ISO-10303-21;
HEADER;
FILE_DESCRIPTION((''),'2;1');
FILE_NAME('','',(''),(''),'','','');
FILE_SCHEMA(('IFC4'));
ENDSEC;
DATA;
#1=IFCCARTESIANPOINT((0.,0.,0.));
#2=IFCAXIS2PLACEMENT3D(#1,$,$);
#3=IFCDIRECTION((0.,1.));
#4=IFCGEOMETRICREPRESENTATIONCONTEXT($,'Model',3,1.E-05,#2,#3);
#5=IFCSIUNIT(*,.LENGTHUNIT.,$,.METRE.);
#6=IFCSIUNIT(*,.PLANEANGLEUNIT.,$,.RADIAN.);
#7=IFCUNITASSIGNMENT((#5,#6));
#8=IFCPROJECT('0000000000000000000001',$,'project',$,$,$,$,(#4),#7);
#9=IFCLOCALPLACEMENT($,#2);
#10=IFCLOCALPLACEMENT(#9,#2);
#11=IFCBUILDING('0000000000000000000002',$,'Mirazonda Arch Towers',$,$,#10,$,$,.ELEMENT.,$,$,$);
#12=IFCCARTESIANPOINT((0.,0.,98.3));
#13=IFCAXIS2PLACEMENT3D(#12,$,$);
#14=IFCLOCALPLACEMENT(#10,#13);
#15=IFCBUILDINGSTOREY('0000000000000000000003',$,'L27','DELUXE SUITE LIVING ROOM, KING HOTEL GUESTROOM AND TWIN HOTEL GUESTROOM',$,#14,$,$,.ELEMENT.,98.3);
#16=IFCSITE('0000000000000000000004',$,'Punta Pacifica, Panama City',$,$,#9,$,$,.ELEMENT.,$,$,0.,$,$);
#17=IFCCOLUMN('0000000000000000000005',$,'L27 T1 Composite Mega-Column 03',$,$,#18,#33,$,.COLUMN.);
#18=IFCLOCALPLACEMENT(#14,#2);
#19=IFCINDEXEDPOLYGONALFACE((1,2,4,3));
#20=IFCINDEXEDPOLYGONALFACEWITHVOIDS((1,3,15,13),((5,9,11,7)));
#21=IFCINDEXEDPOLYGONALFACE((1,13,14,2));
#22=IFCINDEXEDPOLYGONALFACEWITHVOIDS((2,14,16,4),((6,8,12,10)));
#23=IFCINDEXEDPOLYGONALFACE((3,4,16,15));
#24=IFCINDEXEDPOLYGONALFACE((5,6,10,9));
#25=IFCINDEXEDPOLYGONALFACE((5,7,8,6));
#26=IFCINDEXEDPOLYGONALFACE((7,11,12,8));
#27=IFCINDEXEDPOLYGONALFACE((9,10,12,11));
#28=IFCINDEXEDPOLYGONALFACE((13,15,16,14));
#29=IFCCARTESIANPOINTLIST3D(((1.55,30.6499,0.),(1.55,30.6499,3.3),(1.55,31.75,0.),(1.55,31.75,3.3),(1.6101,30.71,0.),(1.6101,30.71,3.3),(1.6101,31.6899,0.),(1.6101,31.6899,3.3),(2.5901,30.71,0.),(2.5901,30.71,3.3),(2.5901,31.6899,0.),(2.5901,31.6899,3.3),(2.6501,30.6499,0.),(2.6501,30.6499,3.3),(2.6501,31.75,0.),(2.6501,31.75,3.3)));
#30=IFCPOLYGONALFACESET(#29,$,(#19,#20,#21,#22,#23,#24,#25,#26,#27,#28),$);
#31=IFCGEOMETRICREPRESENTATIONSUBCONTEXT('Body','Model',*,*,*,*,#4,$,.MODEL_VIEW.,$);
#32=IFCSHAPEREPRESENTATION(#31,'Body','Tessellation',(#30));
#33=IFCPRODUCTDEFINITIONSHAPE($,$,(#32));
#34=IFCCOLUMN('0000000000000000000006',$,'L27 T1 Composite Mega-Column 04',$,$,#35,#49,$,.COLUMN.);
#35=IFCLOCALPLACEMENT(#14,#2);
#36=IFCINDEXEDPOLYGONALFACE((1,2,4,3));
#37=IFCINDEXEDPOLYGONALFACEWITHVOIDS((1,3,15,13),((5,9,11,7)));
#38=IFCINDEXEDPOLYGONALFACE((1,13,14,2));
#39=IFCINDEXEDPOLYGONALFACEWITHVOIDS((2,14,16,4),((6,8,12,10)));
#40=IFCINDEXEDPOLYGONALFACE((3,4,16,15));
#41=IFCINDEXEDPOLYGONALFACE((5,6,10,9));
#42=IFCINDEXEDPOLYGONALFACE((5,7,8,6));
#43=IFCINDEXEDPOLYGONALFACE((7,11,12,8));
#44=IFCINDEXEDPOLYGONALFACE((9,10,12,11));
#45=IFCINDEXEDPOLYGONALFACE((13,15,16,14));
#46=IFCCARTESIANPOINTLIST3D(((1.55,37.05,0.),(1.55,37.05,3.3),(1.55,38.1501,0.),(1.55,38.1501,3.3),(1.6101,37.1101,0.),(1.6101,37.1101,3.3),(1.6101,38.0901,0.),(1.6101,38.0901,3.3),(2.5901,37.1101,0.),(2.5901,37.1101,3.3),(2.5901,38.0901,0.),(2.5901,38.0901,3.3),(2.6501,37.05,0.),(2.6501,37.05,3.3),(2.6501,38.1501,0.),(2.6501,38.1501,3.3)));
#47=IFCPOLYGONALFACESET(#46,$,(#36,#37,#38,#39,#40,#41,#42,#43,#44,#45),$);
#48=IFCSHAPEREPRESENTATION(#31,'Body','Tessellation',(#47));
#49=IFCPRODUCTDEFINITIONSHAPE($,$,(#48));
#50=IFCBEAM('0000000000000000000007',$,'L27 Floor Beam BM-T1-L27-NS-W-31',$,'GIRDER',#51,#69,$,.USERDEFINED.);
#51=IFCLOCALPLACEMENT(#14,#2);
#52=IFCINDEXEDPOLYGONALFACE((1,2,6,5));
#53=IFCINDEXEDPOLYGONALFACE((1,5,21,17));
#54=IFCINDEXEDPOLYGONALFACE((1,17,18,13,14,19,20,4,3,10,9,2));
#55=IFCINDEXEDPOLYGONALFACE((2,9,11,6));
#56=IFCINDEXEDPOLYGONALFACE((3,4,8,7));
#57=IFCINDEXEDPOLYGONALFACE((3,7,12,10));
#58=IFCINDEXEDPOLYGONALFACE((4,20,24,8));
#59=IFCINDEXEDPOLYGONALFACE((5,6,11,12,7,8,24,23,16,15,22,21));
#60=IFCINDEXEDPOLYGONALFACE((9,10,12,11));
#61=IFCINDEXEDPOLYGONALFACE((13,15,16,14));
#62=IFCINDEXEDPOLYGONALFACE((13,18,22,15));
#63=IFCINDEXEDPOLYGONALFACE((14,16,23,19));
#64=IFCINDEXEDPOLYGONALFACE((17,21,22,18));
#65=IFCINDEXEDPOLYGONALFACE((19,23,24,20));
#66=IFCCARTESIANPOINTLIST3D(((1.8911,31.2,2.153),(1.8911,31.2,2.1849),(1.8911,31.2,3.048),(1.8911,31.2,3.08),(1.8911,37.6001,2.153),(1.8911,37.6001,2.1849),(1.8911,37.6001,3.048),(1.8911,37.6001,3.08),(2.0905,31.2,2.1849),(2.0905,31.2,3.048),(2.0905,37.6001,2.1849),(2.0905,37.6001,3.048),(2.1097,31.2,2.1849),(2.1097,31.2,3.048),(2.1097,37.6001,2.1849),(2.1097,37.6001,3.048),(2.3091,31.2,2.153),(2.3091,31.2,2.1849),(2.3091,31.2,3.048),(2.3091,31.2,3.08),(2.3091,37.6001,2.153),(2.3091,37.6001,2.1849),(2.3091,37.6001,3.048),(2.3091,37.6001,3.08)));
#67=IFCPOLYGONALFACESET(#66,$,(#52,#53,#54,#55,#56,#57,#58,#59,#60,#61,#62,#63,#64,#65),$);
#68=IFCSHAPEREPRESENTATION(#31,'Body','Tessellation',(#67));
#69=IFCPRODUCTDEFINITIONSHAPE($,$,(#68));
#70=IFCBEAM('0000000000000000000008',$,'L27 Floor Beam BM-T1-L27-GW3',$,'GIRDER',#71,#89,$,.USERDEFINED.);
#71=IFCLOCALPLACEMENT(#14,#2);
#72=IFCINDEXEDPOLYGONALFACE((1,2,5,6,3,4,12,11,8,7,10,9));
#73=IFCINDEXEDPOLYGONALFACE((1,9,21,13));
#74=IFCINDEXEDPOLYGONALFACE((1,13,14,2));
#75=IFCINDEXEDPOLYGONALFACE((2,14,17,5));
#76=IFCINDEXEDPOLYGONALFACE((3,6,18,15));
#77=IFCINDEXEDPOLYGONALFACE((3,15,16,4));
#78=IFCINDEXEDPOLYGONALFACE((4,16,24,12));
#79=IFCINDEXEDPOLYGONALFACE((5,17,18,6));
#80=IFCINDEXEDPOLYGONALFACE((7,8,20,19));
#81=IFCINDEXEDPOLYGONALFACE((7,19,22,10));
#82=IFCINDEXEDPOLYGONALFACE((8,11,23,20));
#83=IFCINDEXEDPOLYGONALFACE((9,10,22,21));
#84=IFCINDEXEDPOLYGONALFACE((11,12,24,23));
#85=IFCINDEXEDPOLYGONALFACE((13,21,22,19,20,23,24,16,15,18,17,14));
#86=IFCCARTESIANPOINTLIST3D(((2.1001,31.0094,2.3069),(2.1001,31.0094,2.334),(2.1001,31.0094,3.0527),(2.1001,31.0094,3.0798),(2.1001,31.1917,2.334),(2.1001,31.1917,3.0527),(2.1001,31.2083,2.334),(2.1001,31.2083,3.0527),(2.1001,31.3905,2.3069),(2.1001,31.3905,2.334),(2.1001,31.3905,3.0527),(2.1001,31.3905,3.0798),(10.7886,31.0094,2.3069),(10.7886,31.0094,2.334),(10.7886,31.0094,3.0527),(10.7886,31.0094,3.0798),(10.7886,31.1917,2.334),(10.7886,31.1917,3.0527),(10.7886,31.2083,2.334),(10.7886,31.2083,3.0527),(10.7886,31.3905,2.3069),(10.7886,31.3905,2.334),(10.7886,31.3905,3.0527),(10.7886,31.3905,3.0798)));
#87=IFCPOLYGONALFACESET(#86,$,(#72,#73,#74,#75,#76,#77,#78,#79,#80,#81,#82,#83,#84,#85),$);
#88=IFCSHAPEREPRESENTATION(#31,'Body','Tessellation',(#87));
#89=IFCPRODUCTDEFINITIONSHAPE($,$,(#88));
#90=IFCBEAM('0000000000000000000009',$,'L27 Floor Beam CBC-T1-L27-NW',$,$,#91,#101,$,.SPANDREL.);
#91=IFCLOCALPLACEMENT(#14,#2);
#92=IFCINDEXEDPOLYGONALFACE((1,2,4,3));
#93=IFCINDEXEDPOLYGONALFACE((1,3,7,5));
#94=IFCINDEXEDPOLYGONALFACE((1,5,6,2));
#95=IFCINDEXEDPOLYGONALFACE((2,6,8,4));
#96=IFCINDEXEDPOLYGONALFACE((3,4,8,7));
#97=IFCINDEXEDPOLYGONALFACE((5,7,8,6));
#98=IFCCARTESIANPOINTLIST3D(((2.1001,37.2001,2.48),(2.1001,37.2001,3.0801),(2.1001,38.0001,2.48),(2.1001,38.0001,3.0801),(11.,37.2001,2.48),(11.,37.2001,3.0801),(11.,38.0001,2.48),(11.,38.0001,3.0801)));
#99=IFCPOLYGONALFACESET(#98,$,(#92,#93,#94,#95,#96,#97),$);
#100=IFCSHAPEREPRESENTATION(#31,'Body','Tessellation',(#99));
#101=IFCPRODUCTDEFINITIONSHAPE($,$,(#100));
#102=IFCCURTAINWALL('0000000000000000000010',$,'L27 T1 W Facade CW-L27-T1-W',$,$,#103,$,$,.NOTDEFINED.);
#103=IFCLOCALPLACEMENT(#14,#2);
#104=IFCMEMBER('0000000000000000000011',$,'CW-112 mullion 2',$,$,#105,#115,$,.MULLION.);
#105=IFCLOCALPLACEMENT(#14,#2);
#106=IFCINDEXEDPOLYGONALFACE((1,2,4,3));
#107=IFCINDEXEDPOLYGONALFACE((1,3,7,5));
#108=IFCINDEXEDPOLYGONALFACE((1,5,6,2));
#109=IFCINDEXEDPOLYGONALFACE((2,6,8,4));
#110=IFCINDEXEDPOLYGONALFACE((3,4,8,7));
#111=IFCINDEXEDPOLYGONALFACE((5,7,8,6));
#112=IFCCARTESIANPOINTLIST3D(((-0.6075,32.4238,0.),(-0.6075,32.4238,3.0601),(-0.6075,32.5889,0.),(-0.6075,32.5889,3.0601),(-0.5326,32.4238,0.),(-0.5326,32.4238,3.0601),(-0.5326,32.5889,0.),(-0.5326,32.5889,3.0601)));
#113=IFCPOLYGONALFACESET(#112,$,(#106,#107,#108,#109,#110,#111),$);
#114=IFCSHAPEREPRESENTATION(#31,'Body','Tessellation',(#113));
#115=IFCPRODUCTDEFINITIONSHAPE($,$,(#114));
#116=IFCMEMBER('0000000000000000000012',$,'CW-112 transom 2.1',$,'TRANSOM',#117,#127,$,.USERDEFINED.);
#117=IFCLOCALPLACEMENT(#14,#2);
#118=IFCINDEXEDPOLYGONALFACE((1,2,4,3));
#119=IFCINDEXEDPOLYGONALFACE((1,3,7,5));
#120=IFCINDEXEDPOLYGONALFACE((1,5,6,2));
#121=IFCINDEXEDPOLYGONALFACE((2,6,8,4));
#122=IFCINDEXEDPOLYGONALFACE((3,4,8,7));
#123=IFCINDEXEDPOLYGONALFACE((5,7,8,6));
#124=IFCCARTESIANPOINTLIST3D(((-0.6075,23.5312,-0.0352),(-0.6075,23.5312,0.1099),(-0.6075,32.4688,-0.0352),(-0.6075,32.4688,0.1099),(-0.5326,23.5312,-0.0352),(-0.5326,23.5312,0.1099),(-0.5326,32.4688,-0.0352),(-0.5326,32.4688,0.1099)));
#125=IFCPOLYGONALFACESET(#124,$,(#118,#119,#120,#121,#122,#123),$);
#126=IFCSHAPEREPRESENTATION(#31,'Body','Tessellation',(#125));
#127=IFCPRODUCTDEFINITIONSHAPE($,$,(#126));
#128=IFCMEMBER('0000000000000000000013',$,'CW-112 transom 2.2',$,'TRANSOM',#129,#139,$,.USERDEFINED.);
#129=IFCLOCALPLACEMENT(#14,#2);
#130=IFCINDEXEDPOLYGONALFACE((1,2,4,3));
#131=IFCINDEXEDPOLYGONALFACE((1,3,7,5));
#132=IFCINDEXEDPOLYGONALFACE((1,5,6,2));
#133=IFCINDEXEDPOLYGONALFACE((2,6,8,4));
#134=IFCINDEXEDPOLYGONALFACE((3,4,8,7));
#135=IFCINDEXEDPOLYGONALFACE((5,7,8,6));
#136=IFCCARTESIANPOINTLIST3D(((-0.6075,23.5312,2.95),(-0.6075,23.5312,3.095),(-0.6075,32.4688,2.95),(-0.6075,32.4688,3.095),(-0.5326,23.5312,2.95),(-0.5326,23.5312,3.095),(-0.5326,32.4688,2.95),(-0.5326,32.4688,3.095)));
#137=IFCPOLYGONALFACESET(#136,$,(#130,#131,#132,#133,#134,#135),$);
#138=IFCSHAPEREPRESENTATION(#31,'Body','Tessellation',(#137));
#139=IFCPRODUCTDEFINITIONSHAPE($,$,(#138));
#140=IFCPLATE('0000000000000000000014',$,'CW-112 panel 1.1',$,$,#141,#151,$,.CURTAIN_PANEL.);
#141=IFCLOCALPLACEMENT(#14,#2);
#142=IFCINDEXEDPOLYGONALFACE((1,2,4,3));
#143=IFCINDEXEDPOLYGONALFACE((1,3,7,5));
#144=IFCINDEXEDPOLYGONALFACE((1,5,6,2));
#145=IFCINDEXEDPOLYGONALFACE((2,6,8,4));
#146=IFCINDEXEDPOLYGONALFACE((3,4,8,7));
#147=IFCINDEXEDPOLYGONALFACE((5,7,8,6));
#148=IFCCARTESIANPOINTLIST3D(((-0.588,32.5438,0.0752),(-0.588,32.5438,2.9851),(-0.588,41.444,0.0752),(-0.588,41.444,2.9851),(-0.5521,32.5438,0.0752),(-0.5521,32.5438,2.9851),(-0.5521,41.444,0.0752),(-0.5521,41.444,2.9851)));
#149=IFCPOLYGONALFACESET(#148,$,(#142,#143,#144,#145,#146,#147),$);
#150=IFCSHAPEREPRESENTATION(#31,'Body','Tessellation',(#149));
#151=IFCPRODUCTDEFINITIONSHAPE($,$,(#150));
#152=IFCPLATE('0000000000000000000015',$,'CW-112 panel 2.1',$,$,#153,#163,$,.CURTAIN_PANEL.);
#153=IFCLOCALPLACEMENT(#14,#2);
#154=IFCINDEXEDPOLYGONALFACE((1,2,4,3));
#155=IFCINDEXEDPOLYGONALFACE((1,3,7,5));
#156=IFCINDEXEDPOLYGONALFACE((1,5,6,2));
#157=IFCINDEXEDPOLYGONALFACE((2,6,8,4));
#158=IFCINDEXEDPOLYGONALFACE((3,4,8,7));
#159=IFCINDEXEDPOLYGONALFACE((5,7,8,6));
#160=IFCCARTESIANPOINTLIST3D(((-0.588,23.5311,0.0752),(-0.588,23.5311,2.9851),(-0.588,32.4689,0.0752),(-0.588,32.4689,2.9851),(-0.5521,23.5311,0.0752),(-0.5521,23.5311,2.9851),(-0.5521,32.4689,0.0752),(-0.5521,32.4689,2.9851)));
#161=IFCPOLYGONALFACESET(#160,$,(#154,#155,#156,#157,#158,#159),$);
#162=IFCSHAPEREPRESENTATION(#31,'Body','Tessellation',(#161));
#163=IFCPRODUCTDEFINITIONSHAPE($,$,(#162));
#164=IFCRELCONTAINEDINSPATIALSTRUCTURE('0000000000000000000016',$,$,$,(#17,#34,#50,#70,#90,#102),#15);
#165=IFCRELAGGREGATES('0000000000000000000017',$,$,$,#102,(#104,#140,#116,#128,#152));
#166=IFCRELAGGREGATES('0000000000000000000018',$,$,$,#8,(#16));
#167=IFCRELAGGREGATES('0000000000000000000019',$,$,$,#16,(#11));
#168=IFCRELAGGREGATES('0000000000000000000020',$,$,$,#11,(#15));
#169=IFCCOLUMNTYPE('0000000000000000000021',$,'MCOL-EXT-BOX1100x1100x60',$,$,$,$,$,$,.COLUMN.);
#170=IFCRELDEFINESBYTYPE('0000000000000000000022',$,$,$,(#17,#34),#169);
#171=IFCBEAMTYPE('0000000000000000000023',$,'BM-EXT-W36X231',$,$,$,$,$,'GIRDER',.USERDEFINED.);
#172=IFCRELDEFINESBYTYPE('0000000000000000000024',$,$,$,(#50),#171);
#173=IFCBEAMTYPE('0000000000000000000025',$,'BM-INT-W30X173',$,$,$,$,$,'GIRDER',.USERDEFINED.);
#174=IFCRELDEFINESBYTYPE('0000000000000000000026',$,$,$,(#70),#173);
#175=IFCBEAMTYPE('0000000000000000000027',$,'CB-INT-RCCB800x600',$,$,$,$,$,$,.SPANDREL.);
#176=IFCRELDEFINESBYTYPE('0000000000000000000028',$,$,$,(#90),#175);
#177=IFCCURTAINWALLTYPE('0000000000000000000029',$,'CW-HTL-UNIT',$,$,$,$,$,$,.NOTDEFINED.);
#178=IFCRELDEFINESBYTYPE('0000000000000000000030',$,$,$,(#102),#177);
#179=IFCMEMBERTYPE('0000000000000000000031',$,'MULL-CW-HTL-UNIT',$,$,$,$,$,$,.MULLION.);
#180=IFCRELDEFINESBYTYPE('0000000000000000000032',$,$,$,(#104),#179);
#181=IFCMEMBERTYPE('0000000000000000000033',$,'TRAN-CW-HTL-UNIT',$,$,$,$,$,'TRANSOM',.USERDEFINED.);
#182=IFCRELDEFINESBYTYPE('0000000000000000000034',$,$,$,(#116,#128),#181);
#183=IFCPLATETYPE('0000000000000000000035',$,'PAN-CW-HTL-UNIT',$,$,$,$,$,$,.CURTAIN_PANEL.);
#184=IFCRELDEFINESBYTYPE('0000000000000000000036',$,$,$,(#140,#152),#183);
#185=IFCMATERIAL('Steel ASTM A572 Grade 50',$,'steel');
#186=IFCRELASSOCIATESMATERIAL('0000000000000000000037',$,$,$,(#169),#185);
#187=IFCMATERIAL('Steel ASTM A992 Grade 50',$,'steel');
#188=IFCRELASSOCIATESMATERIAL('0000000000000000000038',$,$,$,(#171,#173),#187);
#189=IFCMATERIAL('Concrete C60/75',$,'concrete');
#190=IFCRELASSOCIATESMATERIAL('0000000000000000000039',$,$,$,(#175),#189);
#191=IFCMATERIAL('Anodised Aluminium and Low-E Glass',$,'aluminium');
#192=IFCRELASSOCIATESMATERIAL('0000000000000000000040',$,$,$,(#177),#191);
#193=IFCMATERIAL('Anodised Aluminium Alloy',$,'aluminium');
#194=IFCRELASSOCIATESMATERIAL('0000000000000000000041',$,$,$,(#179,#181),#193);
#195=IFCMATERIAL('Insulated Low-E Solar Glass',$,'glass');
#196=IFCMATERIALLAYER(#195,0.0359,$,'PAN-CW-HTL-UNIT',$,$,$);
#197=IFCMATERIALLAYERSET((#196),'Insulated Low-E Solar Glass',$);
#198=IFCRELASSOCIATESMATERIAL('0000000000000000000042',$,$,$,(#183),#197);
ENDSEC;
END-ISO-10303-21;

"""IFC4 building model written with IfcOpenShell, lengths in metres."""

from ifc_helpers import new_model, si_unit, direction, frame, origin, origin_2d, place, context, subcontext, project, spatial, rectangle, hollow_rectangle, i_section, extrude, material, layer, layer_set, material_profile, profile_set, type_object, element, aggregate, save


model = new_model("IFC4")

# Units and contexts
model_context = context("Model", 3, precision=1e-05, world=origin(), true_north=direction((0.0, 1.0)))
body_context = subcontext(model_context, "Body", "Model", "MODEL_VIEW")
ifc_project = project(units=[si_unit("LENGTHUNIT", "METRE"), si_unit("PLANEANGLEUNIT", "RADIAN")], contexts=[model_context])

# Site, building, storey
site_placement = place(None, origin())
site = spatial("IfcSite", under=ifc_project, at=site_placement, Name="Punta Pacifica, Panama City", CompositionType="ELEMENT", RefElevation=0.0)
building_placement = place(site_placement, origin())
building = spatial("IfcBuilding", under=site, at=building_placement, Name="Mirazonda Arch Towers", CompositionType="ELEMENT")
storey_placement = place(building_placement, frame((0.0, 0.0, 98.3)))
storey = spatial("IfcBuildingStorey", under=building, at=storey_placement, Name="L27", Description="DELUXE SUITE LIVING ROOM, KING HOTEL GUESTROOM AND TWIN HOTEL GUESTROOM", CompositionType="ELEMENT", Elevation=98.3)

# Columns
ifc_material_1 = material(Name="Steel ASTM A572 Grade 50", Category="steel")
ifc_material_profile_1 = material_profile(ifc_material_1, hollow_rectangle(XDim=1.1001, YDim=1.1001, WallThickness=0.0601, at=origin_2d()), Name="BOX1100x1100x60")
ifc_profile_set_1 = profile_set([ifc_material_profile_1], Name="Steel ASTM A572 Grade 50")
column_type = type_object("IfcColumnType", Name="MCOL-EXT-BOX1100x1100x60", PredefinedType="COLUMN", material=ifc_profile_set_1)
for number, where, z_axis, x_axis, name in (
    (1, (2.1001, 31.2, 0.0), (0.0, 0.0, 1.0), (1.0, 0.0, 0.0), "L27 T1 Composite Mega-Column 03"),
    (2, (2.1001, 37.6001, 0.0), (0.0, 0.0, 1.0), (1.0, 0.0, 0.0), "L27 T1 Composite Mega-Column 04"),
):
    element("IfcColumn", number, at=place(storey_placement, frame(where, z_axis=z_axis, x_axis=x_axis)), inside=storey, type_object=column_type, Name=name, PredefinedType="COLUMN", context=body_context, shape_type="SweptSolid", body=[
        extrude(hollow_rectangle(XDim=1.1001, YDim=1.1001, WallThickness=0.0601, at=origin_2d()), origin(), (0.0, 0.0, 1.0), 3.3),
    ])

# Beams
ifc_material_2 = material(Name="Steel ASTM A992 Grade 50", Category="steel")
ifc_material_profile_2 = material_profile(ifc_material_2, i_section(OverallWidth=0.418, OverallDepth=0.927, WebThickness=0.0193, FlangeThickness=0.032, at=origin_2d()), Name="W36X231")
ifc_profile_set_2 = profile_set([ifc_material_profile_2], Name="Steel ASTM A992 Grade 50")
beam_type_1 = type_object("IfcBeamType", Name="BM-EXT-W36X231", ElementType="GIRDER", PredefinedType="USERDEFINED", material=ifc_profile_set_2)
beam_1_placement = place(storey_placement, frame((2.1001, 31.2, 2.6165), z_axis=(0.0, 1.0, 0.0), x_axis=(-1.0, 0.0, 0.0)))
element("IfcBeam", 3, at=beam_1_placement, inside=storey, type_object=beam_type_1, Name="L27 Floor Beam BM-T1-L27-NS-W-31", ObjectType="GIRDER", PredefinedType="USERDEFINED", context=body_context, shape_type="SweptSolid", body=[
    extrude(i_section(OverallWidth=0.418, OverallDepth=0.927, WebThickness=0.0193, FlangeThickness=0.032, at=origin_2d()), origin(), (0.0, 0.0, 1.0), 6.4001),
])
ifc_material_profile_3 = material_profile(ifc_material_2, i_section(OverallWidth=0.3811, OverallDepth=0.7729, WebThickness=0.0166, FlangeThickness=0.0271, at=origin_2d()), Name="W30X173")
ifc_profile_set_3 = profile_set([ifc_material_profile_3], Name="Steel ASTM A992 Grade 50")
beam_type_2 = type_object("IfcBeamType", Name="BM-INT-W30X173", ElementType="GIRDER", PredefinedType="USERDEFINED", material=ifc_profile_set_3)
beam_2_placement = place(storey_placement, frame((2.1001, 31.2, 2.6934), z_axis=(1.0, 0.0, 0.0), x_axis=(0.0, 1.0, 0.0)))
element("IfcBeam", 4, at=beam_2_placement, inside=storey, type_object=beam_type_2, Name="L27 Floor Beam BM-T1-L27-GW3", ObjectType="GIRDER", PredefinedType="USERDEFINED", context=body_context, shape_type="SweptSolid", body=[
    extrude(i_section(OverallWidth=0.3811, OverallDepth=0.7729, WebThickness=0.0166, FlangeThickness=0.0271, at=origin_2d()), origin(), (0.0, 0.0, 1.0), 8.6885),
])
ifc_material_3 = material(Name="Concrete C60/75", Category="concrete")
ifc_material_profile_4 = material_profile(ifc_material_3, rectangle(XDim=0.8, YDim=0.6001, at=origin_2d()), Name="RCCB800x600")
ifc_profile_set_4 = profile_set([ifc_material_profile_4], Name="Concrete C60/75")
beam_type_3 = type_object("IfcBeamType", Name="CB-INT-RCCB800x600", PredefinedType="SPANDREL", material=ifc_profile_set_4)
beam_3_placement = place(storey_placement, frame((2.1001, 37.6001, 2.78), z_axis=(1.0, 0.0, 0.0), x_axis=(0.0, 1.0, 0.0)))
element("IfcBeam", 5, at=beam_3_placement, inside=storey, type_object=beam_type_3, Name="L27 Floor Beam CBC-T1-L27-NW", PredefinedType="SPANDREL", context=body_context, shape_type="SweptSolid", body=[
    extrude(rectangle(XDim=0.8, YDim=0.6001, at=origin_2d()), origin(), (0.0, 0.0, 1.0), 8.8999),
])

# Curtain wall, members, plates
ifc_material_4 = material(Name="Anodised Aluminium and Low-E Glass", Category="aluminium")
curtain_wall_type = type_object("IfcCurtainWallType", Name="CW-HTL-UNIT", PredefinedType="NOTDEFINED", material=ifc_material_4)
curtain_wall_placement = place(storey_placement, origin())
curtain_wall = element("IfcCurtainWall", 6, at=curtain_wall_placement, inside=storey, type_object=curtain_wall_type, Name="L27 T1 W Facade CW-L27-T1-W", PredefinedType="NOTDEFINED")
ifc_material_5 = material(Name="Anodised Aluminium Alloy", Category="aluminium")
ifc_material_profile_5 = material_profile(ifc_material_5, rectangle(XDim=0.075, YDim=0.165, at=origin_2d()), Name="ALU-MULL-75x165")
ifc_profile_set_5 = profile_set([ifc_material_profile_5], Name="Anodised Aluminium Alloy")
member_type_1 = type_object("IfcMemberType", Name="MULL-CW-HTL-UNIT", PredefinedType="MULLION", material=ifc_profile_set_5)
member_1_placement = place(storey_placement, frame((-0.5701, 32.5063, 0.0), z_axis=(0.0, 0.0, 1.0), x_axis=(1.0, 0.0, 0.0)))
member_1 = element("IfcMember", 7, at=member_1_placement, type_object=member_type_1, Name="CW-112 mullion 2", PredefinedType="MULLION", context=body_context, shape_type="SweptSolid", body=[
    extrude(rectangle(XDim=0.075, YDim=0.165, at=origin_2d()), origin(), (0.0, 0.0, 1.0), 3.0601),
])
ifc_material_profile_6 = material_profile(ifc_material_5, rectangle(XDim=0.075, YDim=0.145, at=origin_2d()), Name="ALU-TRAN-75x145")
ifc_profile_set_6 = profile_set([ifc_material_profile_6], Name="Anodised Aluminium Alloy")
member_type_2 = type_object("IfcMemberType", Name="TRAN-CW-HTL-UNIT", ElementType="TRANSOM", PredefinedType="USERDEFINED", material=ifc_profile_set_6)
member_2_placement = place(storey_placement, frame((-0.5701, 32.4688, 0.0374), z_axis=(0.0, -1.0, 0.0), x_axis=(1.0, 0.0, 0.0)))
member_2 = element("IfcMember", 8, at=member_2_placement, type_object=member_type_2, Name="CW-112 transom 2.1", ObjectType="TRANSOM", PredefinedType="USERDEFINED", context=body_context, shape_type="SweptSolid", body=[
    extrude(rectangle(XDim=0.075, YDim=0.145, at=origin_2d()), origin(), (0.0, 0.0, 1.0), 8.9375),
])
member_3_placement = place(storey_placement, frame((-0.5701, 32.4688, 3.0225), z_axis=(0.0, -1.0, 0.0), x_axis=(1.0, 0.0, 0.0)))
member_3 = element("IfcMember", 9, at=member_3_placement, type_object=member_type_2, Name="CW-112 transom 2.2", ObjectType="TRANSOM", PredefinedType="USERDEFINED", context=body_context, shape_type="SweptSolid", body=[
    extrude(rectangle(XDim=0.075, YDim=0.145, at=origin_2d()), origin(), (0.0, 0.0, 1.0), 8.9375),
])
ifc_material_6 = material(Name="Insulated Low-E Solar Glass", Category="glass")
ifc_layer_1 = layer(ifc_material_6, 0.0359, Name="PAN-CW-HTL-UNIT")
ifc_layer_set_1 = layer_set([ifc_layer_1], Name="Insulated Low-E Solar Glass")
plate_type = type_object("IfcPlateType", Name="PAN-CW-HTL-UNIT", PredefinedType="CURTAIN_PANEL", material=ifc_layer_set_1)
plate_1_placement = place(storey_placement, frame((-0.5701, 36.9939, 0.0752), z_axis=(0.0, 0.0, 1.0), x_axis=(0.0, -1.0, 0.0)))
plate_1 = element("IfcPlate", 10, at=plate_1_placement, type_object=plate_type, Name="CW-112 panel 1.1", PredefinedType="CURTAIN_PANEL", context=body_context, shape_type="SweptSolid", body=[
    extrude(rectangle(XDim=8.9001, YDim=0.0359, at=origin_2d()), origin(), (0.0, 0.0, 1.0), 2.9099),
])
plate_2_placement = place(storey_placement, frame((-0.5701, 28.0, 0.0752), z_axis=(0.0, 0.0, 1.0), x_axis=(0.0, -1.0, 0.0)))
plate_2 = element("IfcPlate", 11, at=plate_2_placement, type_object=plate_type, Name="CW-112 panel 2.1", PredefinedType="CURTAIN_PANEL", context=body_context, shape_type="SweptSolid", body=[
    extrude(rectangle(XDim=8.9377, YDim=0.0359, at=origin_2d()), origin(), (0.0, 0.0, 1.0), 2.9099),
])
aggregate(curtain_wall, [member_1, plate_1, member_2, member_3, plate_2])

save(model, "model.ifc")
